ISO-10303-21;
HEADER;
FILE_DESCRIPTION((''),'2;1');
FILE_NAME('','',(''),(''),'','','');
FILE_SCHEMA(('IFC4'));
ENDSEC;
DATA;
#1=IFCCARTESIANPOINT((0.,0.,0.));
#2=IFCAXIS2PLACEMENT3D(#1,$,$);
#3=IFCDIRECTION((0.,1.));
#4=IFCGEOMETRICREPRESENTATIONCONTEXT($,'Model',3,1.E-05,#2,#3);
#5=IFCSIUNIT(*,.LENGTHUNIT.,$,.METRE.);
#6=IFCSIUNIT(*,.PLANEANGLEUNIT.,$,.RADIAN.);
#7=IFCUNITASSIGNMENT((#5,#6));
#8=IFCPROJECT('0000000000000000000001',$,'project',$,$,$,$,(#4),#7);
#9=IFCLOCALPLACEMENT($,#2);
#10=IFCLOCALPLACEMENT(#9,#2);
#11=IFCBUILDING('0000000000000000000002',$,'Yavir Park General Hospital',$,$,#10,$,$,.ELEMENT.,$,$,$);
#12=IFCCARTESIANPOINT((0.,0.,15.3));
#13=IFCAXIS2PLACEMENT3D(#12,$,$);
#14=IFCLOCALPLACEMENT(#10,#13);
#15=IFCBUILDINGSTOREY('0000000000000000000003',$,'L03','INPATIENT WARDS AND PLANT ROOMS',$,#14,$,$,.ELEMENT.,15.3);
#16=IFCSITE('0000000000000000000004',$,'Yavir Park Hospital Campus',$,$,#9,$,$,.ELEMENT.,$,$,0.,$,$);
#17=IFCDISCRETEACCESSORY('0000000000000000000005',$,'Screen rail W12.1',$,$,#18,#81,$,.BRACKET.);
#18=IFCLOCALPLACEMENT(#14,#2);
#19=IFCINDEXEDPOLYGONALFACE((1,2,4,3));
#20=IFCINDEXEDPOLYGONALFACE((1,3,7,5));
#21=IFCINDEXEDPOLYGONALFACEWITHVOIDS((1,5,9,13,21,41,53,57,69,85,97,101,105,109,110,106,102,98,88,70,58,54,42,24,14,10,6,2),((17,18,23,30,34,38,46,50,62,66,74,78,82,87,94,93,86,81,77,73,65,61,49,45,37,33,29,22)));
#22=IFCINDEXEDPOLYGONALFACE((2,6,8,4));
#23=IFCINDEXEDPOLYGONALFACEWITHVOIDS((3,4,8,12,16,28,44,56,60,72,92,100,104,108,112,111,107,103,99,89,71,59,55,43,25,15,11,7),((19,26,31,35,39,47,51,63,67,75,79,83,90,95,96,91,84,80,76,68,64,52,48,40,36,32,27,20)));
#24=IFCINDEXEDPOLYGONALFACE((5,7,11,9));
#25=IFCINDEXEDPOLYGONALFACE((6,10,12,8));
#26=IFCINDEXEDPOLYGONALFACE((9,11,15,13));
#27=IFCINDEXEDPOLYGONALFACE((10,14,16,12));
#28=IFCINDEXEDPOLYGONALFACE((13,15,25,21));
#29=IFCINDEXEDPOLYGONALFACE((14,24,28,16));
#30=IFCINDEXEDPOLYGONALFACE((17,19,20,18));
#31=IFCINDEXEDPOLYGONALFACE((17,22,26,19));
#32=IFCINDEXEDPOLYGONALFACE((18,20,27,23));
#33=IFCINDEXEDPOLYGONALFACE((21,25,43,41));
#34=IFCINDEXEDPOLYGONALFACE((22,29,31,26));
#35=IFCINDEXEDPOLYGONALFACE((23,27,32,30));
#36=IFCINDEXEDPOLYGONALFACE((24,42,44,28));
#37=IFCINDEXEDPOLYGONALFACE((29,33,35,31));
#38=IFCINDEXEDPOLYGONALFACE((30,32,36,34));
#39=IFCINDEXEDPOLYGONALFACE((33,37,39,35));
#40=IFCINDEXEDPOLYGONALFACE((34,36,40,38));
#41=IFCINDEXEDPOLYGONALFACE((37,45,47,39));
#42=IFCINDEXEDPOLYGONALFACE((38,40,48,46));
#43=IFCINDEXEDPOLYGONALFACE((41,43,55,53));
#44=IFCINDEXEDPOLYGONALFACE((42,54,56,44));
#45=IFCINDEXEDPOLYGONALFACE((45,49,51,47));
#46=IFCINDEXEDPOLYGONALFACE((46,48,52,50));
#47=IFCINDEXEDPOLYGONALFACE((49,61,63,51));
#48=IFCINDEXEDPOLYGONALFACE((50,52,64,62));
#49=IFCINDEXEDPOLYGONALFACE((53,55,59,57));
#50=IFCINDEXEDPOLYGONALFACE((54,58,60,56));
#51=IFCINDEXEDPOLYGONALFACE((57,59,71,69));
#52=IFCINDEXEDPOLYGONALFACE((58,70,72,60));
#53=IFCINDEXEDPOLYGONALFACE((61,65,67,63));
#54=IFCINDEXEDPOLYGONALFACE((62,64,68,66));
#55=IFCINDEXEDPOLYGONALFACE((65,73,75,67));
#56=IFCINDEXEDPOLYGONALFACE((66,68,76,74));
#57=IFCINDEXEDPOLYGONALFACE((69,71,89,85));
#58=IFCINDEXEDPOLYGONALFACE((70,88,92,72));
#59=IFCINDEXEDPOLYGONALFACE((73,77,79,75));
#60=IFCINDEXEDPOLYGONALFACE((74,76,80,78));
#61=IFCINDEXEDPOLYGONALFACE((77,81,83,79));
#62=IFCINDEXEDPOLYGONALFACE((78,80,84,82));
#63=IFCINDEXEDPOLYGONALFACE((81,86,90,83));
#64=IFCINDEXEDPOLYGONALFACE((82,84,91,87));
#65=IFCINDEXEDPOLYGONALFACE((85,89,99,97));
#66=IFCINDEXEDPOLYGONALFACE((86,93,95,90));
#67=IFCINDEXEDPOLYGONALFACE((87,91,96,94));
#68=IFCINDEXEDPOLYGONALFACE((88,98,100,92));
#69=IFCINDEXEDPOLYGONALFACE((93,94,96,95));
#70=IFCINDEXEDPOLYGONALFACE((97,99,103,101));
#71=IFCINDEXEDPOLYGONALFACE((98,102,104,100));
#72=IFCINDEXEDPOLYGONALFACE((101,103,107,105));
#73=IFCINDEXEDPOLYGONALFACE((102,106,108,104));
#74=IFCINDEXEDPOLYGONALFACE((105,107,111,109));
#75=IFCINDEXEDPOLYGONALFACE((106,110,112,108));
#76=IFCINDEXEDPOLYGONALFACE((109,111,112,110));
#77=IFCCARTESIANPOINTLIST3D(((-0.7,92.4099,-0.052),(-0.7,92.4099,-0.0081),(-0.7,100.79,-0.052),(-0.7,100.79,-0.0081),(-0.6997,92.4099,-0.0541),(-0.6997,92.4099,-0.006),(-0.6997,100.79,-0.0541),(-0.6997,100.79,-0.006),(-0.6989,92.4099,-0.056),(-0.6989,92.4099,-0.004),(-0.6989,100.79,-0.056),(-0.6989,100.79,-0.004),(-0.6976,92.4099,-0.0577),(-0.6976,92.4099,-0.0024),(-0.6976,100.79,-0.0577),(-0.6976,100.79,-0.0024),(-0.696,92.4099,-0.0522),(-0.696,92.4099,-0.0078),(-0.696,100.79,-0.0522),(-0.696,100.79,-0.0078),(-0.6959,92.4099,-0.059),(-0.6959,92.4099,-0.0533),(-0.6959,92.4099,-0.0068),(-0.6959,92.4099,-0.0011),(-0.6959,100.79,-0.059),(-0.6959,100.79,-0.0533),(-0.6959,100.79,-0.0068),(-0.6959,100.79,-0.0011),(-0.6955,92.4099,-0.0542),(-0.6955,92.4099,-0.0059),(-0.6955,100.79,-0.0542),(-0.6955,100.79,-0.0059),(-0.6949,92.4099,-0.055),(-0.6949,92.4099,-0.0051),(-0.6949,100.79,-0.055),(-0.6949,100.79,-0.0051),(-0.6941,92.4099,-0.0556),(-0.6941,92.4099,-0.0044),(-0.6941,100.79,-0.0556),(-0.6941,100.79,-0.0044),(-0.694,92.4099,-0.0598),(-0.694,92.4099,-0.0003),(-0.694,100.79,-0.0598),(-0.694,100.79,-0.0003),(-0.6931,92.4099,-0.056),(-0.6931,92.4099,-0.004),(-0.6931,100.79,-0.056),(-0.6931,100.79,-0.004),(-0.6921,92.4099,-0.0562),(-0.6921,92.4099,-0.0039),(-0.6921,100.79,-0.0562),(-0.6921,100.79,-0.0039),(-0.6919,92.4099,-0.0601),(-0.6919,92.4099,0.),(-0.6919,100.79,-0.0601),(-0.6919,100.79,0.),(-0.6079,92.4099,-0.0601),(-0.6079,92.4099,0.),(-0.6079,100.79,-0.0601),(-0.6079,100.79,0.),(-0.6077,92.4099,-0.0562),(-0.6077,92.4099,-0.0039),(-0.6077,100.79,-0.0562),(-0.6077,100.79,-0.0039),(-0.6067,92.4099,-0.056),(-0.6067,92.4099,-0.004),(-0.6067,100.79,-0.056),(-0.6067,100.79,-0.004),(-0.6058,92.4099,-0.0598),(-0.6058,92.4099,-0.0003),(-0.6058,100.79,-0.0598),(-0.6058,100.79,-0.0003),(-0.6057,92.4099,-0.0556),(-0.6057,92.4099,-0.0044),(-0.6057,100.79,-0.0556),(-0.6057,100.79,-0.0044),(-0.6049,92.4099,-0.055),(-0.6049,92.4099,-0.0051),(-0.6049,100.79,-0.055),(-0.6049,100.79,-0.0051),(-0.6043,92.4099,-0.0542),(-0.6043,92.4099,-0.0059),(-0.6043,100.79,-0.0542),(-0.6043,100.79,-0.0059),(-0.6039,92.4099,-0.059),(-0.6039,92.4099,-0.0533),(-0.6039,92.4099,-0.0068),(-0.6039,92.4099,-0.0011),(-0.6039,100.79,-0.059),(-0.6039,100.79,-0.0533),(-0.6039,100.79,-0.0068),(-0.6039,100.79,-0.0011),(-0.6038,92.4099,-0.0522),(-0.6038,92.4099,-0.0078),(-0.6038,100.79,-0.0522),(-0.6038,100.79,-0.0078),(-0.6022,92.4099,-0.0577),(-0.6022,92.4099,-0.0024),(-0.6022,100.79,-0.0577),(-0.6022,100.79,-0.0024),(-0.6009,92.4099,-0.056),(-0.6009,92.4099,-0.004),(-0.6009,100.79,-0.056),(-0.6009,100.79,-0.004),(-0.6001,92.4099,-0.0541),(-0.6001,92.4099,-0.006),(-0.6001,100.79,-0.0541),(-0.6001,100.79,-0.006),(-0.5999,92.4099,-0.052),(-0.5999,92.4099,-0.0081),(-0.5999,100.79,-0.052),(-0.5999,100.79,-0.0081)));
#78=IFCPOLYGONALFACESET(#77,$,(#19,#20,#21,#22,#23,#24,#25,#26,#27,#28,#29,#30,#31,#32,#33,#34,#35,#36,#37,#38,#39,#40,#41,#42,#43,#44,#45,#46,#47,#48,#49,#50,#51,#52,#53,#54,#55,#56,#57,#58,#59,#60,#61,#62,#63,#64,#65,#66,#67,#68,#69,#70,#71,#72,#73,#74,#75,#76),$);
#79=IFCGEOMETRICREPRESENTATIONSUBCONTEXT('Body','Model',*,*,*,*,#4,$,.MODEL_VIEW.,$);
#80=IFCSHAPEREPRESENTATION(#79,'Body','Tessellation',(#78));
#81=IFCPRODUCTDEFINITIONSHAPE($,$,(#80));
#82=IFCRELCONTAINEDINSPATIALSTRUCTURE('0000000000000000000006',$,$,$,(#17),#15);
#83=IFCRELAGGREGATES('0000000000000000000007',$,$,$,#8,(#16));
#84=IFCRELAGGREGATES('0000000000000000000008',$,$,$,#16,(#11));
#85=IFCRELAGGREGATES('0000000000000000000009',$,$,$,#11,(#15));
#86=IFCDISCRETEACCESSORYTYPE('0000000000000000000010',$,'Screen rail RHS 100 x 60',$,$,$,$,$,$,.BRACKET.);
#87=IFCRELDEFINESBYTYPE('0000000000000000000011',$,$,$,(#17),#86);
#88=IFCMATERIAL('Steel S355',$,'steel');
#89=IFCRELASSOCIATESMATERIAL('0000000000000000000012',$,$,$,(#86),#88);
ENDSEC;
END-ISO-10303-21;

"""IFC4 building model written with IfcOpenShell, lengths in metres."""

from ifc_helpers import new_model, si_unit, direction, frame, origin, origin_2d, place, context, subcontext, project, spatial, hollow_rectangle, extrude, material, material_profile, profile_set, type_object, element, save


model = new_model("IFC4")

# Units and contexts
model_context = context("Model", 3, precision=1e-05, world=origin(), true_north=direction((0.0, 1.0)))
body_context = subcontext(model_context, "Body", "Model", "MODEL_VIEW")
ifc_project = project(units=[si_unit("LENGTHUNIT", "METRE"), si_unit("PLANEANGLEUNIT", "RADIAN")], contexts=[model_context])

# Site, building, storey
site_placement = place(None, origin())
site = spatial("IfcSite", under=ifc_project, at=site_placement, Name="Yavir Park Hospital Campus", CompositionType="ELEMENT", RefElevation=0.0)
building_placement = place(site_placement, origin())
building = spatial("IfcBuilding", under=site, at=building_placement, Name="Yavir Park General Hospital", CompositionType="ELEMENT")
storey_placement = place(building_placement, frame((0.0, 0.0, 15.3)))
storey = spatial("IfcBuildingStorey", under=building, at=storey_placement, Name="L03", Description="INPATIENT WARDS AND PLANT ROOMS", CompositionType="ELEMENT", Elevation=15.3)

# Discrete accessory
ifc_material_1 = material(Name="Steel S355", Category="steel")
ifc_material_profile_1 = material_profile(ifc_material_1, hollow_rectangle(XDim=0.1001, YDim=0.0601, WallThickness=0.0039, InnerFilletRadius=0.0039, OuterFilletRadius=0.0081, at=origin_2d()), Name="RHS60x100x4")
ifc_profile_set_1 = profile_set([ifc_material_profile_1], Name="Steel S355")
discrete_accessory_type_1 = type_object("IfcDiscreteAccessoryType", Name="Screen rail RHS 100 x 60", PredefinedType="BRACKET", material=ifc_profile_set_1)
discrete_accessory_1_placement = place(storey_placement, frame((-0.6499, 92.4099, -0.03), z_axis=(0.0, 1.0, 0.0), x_axis=(-1.0, 0.0, 0.0)))
element("IfcDiscreteAccessory", 1, at=discrete_accessory_1_placement, inside=storey, type_object=discrete_accessory_type_1, Name="Screen rail W12.1", PredefinedType="BRACKET", context=body_context, shape_type="SweptSolid", body=[
    extrude(hollow_rectangle(XDim=0.1001, YDim=0.0601, WallThickness=0.0039, InnerFilletRadius=0.0039, OuterFilletRadius=0.0081, at=origin_2d()), origin(), (0.0, 0.0, 1.0), 8.3801),
])

save(model, "model.ifc")
